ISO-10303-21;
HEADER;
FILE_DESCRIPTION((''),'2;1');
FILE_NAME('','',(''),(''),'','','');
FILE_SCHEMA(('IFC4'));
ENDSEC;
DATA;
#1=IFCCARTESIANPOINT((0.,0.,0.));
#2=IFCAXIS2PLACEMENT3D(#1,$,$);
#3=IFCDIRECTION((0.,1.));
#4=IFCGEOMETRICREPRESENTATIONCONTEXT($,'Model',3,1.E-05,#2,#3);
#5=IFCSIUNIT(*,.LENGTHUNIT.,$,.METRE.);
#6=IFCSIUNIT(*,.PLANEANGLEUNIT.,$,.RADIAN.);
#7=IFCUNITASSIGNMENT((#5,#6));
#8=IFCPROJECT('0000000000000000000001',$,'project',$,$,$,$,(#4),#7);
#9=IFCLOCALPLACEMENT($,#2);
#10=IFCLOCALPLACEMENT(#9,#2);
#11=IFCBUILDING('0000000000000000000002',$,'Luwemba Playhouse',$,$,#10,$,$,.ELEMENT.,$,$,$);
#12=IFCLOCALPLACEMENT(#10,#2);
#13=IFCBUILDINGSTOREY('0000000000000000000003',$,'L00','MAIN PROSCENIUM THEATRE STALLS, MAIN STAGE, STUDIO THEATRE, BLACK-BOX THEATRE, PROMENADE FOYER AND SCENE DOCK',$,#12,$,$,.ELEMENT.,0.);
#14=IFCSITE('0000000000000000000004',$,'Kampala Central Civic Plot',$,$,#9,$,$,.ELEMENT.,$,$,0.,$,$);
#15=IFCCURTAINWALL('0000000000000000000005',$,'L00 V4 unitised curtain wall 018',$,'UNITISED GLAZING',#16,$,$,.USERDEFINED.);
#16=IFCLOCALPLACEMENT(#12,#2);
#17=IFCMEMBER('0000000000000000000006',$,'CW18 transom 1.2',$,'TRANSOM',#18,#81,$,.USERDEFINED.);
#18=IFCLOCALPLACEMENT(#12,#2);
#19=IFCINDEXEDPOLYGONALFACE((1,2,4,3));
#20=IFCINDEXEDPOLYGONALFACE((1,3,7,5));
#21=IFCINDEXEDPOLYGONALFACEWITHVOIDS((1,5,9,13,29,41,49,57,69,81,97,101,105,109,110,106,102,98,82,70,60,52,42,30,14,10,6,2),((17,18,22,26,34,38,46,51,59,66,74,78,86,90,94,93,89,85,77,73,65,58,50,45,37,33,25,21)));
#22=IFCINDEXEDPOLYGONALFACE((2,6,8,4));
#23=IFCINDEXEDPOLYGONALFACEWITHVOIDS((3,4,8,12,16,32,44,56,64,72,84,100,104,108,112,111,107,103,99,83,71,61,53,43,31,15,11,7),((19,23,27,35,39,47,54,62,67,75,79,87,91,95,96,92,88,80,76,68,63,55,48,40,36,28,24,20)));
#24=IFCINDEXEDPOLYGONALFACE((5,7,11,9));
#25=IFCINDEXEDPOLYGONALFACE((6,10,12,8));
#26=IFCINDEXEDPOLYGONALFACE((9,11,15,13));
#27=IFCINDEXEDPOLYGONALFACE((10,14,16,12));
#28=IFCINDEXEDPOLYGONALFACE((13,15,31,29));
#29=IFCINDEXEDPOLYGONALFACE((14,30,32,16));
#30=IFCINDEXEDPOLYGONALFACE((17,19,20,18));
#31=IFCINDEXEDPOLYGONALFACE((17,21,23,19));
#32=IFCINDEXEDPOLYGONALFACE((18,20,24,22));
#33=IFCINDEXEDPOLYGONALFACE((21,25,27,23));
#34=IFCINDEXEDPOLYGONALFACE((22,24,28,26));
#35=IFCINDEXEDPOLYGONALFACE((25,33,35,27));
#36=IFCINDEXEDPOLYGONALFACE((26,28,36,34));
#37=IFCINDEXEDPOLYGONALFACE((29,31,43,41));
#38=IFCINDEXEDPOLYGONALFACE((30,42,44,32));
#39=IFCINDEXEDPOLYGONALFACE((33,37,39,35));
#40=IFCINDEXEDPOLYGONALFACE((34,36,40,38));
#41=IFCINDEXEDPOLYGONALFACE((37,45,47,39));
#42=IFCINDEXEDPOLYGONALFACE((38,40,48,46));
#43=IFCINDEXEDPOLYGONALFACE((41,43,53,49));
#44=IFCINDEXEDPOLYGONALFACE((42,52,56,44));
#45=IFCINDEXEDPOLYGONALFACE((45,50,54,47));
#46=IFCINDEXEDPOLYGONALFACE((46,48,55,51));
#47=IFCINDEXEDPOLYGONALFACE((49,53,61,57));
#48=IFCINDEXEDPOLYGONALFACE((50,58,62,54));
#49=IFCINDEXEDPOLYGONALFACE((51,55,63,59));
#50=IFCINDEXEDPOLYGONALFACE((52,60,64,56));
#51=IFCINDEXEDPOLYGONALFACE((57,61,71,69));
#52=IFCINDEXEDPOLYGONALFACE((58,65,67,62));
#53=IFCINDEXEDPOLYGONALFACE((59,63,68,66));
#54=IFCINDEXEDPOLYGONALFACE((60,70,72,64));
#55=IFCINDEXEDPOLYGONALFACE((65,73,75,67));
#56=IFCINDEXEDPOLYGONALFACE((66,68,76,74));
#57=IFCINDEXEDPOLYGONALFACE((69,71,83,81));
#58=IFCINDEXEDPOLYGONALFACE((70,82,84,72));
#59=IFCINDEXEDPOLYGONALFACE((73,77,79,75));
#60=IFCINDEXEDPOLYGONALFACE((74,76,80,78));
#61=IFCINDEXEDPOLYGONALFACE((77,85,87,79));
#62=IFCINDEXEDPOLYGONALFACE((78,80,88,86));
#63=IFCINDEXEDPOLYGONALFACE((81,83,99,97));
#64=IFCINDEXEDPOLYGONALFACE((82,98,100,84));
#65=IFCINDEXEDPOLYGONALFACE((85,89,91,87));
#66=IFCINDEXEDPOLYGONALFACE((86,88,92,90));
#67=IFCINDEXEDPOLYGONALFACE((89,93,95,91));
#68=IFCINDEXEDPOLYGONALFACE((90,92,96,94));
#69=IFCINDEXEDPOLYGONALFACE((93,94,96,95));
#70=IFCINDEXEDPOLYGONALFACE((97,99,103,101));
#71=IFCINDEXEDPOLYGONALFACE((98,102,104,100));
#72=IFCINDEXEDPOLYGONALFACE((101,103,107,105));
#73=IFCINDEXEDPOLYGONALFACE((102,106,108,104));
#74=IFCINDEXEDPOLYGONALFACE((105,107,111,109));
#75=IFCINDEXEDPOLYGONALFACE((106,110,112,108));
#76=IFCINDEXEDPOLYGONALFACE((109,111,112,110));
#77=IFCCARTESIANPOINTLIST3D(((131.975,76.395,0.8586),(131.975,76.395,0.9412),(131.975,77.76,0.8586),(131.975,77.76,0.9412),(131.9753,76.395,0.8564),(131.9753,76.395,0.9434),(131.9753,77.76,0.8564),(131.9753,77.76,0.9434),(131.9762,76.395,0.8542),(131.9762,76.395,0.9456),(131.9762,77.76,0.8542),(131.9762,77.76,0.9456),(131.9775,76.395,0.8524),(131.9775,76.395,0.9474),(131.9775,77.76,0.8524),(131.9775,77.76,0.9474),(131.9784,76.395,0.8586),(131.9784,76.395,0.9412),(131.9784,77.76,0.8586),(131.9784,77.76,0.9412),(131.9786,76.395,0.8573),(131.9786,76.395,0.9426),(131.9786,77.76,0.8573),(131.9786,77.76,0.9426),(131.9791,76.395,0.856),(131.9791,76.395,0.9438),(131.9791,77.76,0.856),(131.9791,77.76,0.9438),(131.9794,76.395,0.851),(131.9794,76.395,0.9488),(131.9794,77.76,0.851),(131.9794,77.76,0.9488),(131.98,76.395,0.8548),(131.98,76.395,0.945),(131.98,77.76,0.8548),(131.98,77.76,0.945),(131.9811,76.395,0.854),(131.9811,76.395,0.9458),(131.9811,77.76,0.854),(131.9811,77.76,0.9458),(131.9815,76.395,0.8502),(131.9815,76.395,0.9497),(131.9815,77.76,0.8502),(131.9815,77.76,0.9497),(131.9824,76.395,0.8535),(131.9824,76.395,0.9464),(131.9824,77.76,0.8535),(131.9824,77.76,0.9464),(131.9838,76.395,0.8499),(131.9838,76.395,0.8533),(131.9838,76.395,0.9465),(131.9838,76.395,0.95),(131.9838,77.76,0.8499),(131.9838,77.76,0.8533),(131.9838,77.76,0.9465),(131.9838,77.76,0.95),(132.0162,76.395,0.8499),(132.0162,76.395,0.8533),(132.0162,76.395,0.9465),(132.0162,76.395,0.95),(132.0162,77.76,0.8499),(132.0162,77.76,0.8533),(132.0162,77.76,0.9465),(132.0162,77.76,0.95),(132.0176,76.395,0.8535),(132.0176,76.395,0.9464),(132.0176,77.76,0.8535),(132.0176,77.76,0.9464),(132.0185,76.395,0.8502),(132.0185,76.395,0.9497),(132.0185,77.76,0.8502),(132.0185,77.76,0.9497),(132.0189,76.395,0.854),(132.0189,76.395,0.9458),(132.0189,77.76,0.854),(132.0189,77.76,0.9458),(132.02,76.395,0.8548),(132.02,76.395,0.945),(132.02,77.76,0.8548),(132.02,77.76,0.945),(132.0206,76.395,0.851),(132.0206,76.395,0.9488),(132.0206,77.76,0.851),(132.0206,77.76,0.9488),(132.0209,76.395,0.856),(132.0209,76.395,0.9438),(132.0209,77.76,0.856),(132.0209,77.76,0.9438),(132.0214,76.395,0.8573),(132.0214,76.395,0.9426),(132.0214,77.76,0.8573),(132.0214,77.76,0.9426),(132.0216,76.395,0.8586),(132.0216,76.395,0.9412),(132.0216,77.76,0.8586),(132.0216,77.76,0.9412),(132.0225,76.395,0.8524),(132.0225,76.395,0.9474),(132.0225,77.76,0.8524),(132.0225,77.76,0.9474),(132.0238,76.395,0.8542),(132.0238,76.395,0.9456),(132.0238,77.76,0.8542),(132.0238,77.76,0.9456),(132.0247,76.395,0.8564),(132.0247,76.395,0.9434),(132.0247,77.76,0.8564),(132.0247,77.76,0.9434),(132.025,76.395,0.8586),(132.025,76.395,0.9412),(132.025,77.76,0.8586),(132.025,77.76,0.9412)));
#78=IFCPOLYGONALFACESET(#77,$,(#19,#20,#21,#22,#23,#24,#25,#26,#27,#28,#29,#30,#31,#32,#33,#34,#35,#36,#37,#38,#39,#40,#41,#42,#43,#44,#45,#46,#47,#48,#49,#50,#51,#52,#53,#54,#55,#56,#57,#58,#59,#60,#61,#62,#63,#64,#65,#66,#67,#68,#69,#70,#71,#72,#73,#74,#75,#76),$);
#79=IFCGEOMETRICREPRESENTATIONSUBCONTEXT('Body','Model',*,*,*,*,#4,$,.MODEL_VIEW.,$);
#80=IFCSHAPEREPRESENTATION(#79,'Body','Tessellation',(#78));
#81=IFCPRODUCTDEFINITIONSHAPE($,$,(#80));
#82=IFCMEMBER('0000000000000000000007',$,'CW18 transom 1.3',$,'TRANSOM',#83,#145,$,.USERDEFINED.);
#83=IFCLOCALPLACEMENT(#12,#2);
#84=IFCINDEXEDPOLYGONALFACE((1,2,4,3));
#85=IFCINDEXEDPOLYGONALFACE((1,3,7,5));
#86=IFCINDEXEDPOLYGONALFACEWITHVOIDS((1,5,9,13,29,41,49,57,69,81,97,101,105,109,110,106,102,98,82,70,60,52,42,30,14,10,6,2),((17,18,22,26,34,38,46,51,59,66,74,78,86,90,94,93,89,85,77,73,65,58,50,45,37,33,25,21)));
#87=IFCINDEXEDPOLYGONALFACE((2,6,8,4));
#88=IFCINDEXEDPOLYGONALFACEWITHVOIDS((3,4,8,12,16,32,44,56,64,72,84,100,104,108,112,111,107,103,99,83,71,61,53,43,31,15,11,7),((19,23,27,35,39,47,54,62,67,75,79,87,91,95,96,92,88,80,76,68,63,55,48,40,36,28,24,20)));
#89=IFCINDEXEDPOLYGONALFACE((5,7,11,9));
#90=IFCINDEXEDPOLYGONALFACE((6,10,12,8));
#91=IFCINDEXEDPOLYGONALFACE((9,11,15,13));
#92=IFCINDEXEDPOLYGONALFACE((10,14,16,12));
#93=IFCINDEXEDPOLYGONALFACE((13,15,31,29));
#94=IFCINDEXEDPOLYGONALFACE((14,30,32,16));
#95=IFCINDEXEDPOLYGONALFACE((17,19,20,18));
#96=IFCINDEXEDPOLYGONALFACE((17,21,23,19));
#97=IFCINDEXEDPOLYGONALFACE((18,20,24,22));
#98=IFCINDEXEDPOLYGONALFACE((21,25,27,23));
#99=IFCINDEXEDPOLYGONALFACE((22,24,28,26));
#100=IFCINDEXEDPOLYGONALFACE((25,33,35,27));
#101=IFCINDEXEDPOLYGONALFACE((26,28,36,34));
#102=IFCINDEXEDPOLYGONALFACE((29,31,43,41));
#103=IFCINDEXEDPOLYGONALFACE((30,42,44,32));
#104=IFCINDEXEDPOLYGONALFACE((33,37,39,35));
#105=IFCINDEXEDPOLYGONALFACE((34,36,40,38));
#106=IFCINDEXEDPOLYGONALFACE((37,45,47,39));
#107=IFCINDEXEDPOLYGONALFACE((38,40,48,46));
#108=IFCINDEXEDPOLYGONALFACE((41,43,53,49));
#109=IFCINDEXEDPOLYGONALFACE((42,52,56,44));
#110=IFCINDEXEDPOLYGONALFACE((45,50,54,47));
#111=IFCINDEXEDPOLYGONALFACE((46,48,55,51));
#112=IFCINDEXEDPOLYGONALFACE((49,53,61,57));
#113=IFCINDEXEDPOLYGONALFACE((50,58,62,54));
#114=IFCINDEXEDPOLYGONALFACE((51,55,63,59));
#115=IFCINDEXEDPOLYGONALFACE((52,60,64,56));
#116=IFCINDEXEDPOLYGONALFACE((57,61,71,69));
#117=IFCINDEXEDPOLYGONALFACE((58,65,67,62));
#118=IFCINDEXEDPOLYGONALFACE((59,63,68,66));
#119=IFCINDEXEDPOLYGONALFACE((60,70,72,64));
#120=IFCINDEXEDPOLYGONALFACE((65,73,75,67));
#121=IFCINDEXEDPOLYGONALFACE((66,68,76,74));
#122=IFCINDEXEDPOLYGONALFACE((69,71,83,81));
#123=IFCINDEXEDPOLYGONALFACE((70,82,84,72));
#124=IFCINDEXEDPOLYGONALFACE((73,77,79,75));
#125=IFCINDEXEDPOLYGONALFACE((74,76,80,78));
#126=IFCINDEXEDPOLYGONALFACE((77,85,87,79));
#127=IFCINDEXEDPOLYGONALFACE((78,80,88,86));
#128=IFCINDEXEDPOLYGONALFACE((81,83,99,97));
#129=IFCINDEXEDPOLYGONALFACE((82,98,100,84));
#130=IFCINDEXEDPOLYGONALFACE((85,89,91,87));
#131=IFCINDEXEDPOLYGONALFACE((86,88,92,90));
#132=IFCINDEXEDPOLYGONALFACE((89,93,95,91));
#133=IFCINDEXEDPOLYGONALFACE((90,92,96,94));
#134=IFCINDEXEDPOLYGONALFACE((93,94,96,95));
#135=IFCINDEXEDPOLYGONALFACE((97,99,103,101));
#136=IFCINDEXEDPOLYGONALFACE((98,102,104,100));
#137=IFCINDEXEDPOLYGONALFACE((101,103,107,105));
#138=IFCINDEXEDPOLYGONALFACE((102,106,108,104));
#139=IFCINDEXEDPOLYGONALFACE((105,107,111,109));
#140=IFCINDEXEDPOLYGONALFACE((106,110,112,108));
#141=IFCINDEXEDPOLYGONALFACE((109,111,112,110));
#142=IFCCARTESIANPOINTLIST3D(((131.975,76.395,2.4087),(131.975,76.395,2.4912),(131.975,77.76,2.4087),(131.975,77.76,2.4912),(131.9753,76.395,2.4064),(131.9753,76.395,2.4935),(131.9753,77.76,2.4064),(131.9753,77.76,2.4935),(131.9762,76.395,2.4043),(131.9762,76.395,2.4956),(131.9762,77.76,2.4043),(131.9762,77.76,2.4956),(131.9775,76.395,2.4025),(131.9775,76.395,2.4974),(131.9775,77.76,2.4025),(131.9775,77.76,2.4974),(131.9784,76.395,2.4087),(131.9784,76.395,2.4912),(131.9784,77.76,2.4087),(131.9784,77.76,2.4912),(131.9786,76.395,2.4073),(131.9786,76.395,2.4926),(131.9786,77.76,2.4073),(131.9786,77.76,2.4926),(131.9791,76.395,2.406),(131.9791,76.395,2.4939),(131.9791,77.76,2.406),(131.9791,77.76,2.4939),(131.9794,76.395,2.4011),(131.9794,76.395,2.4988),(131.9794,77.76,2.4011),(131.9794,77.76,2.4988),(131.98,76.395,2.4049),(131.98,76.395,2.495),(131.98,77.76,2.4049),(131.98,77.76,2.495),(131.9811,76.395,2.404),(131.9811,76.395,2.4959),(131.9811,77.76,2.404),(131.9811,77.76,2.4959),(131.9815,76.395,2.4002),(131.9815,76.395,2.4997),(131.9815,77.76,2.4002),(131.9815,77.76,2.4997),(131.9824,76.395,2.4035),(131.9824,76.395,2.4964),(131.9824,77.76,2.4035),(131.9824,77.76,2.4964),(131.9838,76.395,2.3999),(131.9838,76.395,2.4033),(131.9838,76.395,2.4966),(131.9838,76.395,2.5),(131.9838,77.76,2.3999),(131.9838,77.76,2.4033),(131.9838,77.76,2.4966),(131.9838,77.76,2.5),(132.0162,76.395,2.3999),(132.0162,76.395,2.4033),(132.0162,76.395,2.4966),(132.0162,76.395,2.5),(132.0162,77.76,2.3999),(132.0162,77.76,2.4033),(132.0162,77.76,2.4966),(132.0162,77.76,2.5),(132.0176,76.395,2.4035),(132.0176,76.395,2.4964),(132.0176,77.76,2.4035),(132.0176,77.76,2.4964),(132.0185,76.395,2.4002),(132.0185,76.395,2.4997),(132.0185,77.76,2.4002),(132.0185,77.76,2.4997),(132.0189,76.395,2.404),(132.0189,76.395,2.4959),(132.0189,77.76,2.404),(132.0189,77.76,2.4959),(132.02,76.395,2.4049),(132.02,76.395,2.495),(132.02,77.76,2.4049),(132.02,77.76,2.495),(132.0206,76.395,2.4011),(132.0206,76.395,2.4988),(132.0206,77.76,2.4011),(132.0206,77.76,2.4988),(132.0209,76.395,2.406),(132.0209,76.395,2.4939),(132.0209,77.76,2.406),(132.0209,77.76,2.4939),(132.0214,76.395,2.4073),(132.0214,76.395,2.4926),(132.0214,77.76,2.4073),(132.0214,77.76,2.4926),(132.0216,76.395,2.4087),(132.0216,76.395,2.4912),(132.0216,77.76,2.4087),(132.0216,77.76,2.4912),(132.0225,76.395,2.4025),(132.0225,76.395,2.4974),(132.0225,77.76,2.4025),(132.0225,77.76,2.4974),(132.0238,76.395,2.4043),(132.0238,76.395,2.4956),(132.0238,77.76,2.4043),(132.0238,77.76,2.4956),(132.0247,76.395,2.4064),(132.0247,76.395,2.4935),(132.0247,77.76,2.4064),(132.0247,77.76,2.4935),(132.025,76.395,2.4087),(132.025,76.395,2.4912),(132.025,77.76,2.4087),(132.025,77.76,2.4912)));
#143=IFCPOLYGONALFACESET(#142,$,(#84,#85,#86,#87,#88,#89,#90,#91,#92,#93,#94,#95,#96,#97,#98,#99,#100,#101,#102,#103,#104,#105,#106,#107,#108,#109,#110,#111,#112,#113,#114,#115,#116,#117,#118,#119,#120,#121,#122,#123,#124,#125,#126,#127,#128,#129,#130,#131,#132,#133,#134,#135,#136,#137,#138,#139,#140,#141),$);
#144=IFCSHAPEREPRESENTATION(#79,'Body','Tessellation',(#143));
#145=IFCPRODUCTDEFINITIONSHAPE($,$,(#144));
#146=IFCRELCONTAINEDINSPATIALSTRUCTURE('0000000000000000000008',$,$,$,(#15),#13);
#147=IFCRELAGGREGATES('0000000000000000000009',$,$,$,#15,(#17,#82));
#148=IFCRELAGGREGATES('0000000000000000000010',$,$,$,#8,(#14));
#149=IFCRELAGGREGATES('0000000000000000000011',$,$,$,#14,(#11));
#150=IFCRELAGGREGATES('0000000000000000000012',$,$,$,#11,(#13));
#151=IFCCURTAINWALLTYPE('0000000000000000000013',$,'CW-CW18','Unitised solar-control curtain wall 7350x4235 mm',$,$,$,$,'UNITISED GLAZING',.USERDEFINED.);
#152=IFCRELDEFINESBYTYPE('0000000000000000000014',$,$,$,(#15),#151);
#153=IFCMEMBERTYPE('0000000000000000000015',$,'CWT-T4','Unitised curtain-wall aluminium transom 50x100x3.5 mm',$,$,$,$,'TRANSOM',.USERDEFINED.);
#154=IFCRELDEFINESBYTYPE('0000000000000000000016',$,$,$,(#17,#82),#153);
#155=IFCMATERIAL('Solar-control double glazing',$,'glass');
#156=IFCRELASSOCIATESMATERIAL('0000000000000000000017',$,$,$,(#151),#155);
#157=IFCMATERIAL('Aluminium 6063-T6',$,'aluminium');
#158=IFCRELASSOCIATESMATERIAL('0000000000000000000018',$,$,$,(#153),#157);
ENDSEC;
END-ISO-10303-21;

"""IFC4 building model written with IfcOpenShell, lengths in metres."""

from ifc_helpers import new_model, si_unit, direction, frame, origin, origin_2d, place, context, subcontext, project, spatial, hollow_rectangle, extrude, material, material_profile, profile_set, type_object, element, aggregate, save


model = new_model("IFC4")

# Units and contexts
model_context = context("Model", 3, precision=1e-05, world=origin(), true_north=direction((0.0, 1.0)))
body_context = subcontext(model_context, "Body", "Model", "MODEL_VIEW")
ifc_project = project(units=[si_unit("LENGTHUNIT", "METRE"), si_unit("PLANEANGLEUNIT", "RADIAN")], contexts=[model_context])

# Site, building, storey
site_placement = place(None, origin())
site = spatial("IfcSite", under=ifc_project, at=site_placement, Name="Kampala Central Civic Plot", CompositionType="ELEMENT", RefElevation=0.0)
building_placement = place(site_placement, origin())
building = spatial("IfcBuilding", under=site, at=building_placement, Name="Luwemba Playhouse", CompositionType="ELEMENT")
storey_placement = place(building_placement, origin())
storey = spatial("IfcBuildingStorey", under=building, at=storey_placement, Name="L00", Description="MAIN PROSCENIUM THEATRE STALLS, MAIN STAGE, STUDIO THEATRE, BLACK-BOX THEATRE, PROMENADE FOYER AND SCENE DOCK", CompositionType="ELEMENT", Elevation=0.0)

# Curtain wall, members
ifc_material_1 = material(Name="Solar-control double glazing", Category="glass")
curtain_wall_type = type_object("IfcCurtainWallType", Name="CW-CW18", Description="Unitised solar-control curtain wall 7350x4235 mm", ElementType="UNITISED GLAZING", PredefinedType="USERDEFINED", material=ifc_material_1)
curtain_wall_placement = place(storey_placement, origin())
curtain_wall = element("IfcCurtainWall", 1, at=curtain_wall_placement, inside=storey, type_object=curtain_wall_type, Name="L00 V4 unitised curtain wall 018", ObjectType="UNITISED GLAZING", PredefinedType="USERDEFINED")
ifc_material_2 = material(Name="Aluminium 6063-T6", Category="aluminium")
ifc_material_profile_1 = material_profile(ifc_material_2, hollow_rectangle(XDim=0.05, YDim=0.1001, WallThickness=0.0034, InnerFilletRadius=0.0054, OuterFilletRadius=0.0088, at=origin_2d()))
ifc_profile_set_1 = profile_set([ifc_material_profile_1], Name="Aluminium 6063-T6")
member_type_1 = type_object("IfcMemberType", Name="CWT-T4", Description="Unitised curtain-wall aluminium transom 50x100x3.5 mm", ElementType="TRANSOM", PredefinedType="USERDEFINED", material=ifc_profile_set_1)
member_1_placement = place(storey_placement, frame((132.0, 76.395, 0.8999), z_axis=(0.0, 1.0, 0.0), x_axis=(-1.0, 0.0, 0.0)))
member_1 = element("IfcMember", 2, at=member_1_placement, type_object=member_type_1, Name="CW18 transom 1.2", ObjectType="TRANSOM", PredefinedType="USERDEFINED", context=body_context, shape_type="SweptSolid", body=[
    extrude(hollow_rectangle(XDim=0.05, YDim=0.1001, WallThickness=0.0034, InnerFilletRadius=0.0054, OuterFilletRadius=0.0088, at=origin_2d()), origin(), (0.0, 0.0, 1.0), 1.365),
])
member_2_placement = place(storey_placement, frame((132.0, 76.395, 2.45), z_axis=(0.0, 1.0, 0.0), x_axis=(-1.0, 0.0, 0.0)))
member_2 = element("IfcMember", 3, at=member_2_placement, type_object=member_type_1, Name="CW18 transom 1.3", ObjectType="TRANSOM", PredefinedType="USERDEFINED", context=body_context, shape_type="SweptSolid", body=[
    extrude(hollow_rectangle(XDim=0.05, YDim=0.1001, WallThickness=0.0034, InnerFilletRadius=0.0054, OuterFilletRadius=0.0088, at=origin_2d()), origin(), (0.0, 0.0, 1.0), 1.365),
])
aggregate(curtain_wall, [member_1, member_2])

save(model, "model.ifc")
